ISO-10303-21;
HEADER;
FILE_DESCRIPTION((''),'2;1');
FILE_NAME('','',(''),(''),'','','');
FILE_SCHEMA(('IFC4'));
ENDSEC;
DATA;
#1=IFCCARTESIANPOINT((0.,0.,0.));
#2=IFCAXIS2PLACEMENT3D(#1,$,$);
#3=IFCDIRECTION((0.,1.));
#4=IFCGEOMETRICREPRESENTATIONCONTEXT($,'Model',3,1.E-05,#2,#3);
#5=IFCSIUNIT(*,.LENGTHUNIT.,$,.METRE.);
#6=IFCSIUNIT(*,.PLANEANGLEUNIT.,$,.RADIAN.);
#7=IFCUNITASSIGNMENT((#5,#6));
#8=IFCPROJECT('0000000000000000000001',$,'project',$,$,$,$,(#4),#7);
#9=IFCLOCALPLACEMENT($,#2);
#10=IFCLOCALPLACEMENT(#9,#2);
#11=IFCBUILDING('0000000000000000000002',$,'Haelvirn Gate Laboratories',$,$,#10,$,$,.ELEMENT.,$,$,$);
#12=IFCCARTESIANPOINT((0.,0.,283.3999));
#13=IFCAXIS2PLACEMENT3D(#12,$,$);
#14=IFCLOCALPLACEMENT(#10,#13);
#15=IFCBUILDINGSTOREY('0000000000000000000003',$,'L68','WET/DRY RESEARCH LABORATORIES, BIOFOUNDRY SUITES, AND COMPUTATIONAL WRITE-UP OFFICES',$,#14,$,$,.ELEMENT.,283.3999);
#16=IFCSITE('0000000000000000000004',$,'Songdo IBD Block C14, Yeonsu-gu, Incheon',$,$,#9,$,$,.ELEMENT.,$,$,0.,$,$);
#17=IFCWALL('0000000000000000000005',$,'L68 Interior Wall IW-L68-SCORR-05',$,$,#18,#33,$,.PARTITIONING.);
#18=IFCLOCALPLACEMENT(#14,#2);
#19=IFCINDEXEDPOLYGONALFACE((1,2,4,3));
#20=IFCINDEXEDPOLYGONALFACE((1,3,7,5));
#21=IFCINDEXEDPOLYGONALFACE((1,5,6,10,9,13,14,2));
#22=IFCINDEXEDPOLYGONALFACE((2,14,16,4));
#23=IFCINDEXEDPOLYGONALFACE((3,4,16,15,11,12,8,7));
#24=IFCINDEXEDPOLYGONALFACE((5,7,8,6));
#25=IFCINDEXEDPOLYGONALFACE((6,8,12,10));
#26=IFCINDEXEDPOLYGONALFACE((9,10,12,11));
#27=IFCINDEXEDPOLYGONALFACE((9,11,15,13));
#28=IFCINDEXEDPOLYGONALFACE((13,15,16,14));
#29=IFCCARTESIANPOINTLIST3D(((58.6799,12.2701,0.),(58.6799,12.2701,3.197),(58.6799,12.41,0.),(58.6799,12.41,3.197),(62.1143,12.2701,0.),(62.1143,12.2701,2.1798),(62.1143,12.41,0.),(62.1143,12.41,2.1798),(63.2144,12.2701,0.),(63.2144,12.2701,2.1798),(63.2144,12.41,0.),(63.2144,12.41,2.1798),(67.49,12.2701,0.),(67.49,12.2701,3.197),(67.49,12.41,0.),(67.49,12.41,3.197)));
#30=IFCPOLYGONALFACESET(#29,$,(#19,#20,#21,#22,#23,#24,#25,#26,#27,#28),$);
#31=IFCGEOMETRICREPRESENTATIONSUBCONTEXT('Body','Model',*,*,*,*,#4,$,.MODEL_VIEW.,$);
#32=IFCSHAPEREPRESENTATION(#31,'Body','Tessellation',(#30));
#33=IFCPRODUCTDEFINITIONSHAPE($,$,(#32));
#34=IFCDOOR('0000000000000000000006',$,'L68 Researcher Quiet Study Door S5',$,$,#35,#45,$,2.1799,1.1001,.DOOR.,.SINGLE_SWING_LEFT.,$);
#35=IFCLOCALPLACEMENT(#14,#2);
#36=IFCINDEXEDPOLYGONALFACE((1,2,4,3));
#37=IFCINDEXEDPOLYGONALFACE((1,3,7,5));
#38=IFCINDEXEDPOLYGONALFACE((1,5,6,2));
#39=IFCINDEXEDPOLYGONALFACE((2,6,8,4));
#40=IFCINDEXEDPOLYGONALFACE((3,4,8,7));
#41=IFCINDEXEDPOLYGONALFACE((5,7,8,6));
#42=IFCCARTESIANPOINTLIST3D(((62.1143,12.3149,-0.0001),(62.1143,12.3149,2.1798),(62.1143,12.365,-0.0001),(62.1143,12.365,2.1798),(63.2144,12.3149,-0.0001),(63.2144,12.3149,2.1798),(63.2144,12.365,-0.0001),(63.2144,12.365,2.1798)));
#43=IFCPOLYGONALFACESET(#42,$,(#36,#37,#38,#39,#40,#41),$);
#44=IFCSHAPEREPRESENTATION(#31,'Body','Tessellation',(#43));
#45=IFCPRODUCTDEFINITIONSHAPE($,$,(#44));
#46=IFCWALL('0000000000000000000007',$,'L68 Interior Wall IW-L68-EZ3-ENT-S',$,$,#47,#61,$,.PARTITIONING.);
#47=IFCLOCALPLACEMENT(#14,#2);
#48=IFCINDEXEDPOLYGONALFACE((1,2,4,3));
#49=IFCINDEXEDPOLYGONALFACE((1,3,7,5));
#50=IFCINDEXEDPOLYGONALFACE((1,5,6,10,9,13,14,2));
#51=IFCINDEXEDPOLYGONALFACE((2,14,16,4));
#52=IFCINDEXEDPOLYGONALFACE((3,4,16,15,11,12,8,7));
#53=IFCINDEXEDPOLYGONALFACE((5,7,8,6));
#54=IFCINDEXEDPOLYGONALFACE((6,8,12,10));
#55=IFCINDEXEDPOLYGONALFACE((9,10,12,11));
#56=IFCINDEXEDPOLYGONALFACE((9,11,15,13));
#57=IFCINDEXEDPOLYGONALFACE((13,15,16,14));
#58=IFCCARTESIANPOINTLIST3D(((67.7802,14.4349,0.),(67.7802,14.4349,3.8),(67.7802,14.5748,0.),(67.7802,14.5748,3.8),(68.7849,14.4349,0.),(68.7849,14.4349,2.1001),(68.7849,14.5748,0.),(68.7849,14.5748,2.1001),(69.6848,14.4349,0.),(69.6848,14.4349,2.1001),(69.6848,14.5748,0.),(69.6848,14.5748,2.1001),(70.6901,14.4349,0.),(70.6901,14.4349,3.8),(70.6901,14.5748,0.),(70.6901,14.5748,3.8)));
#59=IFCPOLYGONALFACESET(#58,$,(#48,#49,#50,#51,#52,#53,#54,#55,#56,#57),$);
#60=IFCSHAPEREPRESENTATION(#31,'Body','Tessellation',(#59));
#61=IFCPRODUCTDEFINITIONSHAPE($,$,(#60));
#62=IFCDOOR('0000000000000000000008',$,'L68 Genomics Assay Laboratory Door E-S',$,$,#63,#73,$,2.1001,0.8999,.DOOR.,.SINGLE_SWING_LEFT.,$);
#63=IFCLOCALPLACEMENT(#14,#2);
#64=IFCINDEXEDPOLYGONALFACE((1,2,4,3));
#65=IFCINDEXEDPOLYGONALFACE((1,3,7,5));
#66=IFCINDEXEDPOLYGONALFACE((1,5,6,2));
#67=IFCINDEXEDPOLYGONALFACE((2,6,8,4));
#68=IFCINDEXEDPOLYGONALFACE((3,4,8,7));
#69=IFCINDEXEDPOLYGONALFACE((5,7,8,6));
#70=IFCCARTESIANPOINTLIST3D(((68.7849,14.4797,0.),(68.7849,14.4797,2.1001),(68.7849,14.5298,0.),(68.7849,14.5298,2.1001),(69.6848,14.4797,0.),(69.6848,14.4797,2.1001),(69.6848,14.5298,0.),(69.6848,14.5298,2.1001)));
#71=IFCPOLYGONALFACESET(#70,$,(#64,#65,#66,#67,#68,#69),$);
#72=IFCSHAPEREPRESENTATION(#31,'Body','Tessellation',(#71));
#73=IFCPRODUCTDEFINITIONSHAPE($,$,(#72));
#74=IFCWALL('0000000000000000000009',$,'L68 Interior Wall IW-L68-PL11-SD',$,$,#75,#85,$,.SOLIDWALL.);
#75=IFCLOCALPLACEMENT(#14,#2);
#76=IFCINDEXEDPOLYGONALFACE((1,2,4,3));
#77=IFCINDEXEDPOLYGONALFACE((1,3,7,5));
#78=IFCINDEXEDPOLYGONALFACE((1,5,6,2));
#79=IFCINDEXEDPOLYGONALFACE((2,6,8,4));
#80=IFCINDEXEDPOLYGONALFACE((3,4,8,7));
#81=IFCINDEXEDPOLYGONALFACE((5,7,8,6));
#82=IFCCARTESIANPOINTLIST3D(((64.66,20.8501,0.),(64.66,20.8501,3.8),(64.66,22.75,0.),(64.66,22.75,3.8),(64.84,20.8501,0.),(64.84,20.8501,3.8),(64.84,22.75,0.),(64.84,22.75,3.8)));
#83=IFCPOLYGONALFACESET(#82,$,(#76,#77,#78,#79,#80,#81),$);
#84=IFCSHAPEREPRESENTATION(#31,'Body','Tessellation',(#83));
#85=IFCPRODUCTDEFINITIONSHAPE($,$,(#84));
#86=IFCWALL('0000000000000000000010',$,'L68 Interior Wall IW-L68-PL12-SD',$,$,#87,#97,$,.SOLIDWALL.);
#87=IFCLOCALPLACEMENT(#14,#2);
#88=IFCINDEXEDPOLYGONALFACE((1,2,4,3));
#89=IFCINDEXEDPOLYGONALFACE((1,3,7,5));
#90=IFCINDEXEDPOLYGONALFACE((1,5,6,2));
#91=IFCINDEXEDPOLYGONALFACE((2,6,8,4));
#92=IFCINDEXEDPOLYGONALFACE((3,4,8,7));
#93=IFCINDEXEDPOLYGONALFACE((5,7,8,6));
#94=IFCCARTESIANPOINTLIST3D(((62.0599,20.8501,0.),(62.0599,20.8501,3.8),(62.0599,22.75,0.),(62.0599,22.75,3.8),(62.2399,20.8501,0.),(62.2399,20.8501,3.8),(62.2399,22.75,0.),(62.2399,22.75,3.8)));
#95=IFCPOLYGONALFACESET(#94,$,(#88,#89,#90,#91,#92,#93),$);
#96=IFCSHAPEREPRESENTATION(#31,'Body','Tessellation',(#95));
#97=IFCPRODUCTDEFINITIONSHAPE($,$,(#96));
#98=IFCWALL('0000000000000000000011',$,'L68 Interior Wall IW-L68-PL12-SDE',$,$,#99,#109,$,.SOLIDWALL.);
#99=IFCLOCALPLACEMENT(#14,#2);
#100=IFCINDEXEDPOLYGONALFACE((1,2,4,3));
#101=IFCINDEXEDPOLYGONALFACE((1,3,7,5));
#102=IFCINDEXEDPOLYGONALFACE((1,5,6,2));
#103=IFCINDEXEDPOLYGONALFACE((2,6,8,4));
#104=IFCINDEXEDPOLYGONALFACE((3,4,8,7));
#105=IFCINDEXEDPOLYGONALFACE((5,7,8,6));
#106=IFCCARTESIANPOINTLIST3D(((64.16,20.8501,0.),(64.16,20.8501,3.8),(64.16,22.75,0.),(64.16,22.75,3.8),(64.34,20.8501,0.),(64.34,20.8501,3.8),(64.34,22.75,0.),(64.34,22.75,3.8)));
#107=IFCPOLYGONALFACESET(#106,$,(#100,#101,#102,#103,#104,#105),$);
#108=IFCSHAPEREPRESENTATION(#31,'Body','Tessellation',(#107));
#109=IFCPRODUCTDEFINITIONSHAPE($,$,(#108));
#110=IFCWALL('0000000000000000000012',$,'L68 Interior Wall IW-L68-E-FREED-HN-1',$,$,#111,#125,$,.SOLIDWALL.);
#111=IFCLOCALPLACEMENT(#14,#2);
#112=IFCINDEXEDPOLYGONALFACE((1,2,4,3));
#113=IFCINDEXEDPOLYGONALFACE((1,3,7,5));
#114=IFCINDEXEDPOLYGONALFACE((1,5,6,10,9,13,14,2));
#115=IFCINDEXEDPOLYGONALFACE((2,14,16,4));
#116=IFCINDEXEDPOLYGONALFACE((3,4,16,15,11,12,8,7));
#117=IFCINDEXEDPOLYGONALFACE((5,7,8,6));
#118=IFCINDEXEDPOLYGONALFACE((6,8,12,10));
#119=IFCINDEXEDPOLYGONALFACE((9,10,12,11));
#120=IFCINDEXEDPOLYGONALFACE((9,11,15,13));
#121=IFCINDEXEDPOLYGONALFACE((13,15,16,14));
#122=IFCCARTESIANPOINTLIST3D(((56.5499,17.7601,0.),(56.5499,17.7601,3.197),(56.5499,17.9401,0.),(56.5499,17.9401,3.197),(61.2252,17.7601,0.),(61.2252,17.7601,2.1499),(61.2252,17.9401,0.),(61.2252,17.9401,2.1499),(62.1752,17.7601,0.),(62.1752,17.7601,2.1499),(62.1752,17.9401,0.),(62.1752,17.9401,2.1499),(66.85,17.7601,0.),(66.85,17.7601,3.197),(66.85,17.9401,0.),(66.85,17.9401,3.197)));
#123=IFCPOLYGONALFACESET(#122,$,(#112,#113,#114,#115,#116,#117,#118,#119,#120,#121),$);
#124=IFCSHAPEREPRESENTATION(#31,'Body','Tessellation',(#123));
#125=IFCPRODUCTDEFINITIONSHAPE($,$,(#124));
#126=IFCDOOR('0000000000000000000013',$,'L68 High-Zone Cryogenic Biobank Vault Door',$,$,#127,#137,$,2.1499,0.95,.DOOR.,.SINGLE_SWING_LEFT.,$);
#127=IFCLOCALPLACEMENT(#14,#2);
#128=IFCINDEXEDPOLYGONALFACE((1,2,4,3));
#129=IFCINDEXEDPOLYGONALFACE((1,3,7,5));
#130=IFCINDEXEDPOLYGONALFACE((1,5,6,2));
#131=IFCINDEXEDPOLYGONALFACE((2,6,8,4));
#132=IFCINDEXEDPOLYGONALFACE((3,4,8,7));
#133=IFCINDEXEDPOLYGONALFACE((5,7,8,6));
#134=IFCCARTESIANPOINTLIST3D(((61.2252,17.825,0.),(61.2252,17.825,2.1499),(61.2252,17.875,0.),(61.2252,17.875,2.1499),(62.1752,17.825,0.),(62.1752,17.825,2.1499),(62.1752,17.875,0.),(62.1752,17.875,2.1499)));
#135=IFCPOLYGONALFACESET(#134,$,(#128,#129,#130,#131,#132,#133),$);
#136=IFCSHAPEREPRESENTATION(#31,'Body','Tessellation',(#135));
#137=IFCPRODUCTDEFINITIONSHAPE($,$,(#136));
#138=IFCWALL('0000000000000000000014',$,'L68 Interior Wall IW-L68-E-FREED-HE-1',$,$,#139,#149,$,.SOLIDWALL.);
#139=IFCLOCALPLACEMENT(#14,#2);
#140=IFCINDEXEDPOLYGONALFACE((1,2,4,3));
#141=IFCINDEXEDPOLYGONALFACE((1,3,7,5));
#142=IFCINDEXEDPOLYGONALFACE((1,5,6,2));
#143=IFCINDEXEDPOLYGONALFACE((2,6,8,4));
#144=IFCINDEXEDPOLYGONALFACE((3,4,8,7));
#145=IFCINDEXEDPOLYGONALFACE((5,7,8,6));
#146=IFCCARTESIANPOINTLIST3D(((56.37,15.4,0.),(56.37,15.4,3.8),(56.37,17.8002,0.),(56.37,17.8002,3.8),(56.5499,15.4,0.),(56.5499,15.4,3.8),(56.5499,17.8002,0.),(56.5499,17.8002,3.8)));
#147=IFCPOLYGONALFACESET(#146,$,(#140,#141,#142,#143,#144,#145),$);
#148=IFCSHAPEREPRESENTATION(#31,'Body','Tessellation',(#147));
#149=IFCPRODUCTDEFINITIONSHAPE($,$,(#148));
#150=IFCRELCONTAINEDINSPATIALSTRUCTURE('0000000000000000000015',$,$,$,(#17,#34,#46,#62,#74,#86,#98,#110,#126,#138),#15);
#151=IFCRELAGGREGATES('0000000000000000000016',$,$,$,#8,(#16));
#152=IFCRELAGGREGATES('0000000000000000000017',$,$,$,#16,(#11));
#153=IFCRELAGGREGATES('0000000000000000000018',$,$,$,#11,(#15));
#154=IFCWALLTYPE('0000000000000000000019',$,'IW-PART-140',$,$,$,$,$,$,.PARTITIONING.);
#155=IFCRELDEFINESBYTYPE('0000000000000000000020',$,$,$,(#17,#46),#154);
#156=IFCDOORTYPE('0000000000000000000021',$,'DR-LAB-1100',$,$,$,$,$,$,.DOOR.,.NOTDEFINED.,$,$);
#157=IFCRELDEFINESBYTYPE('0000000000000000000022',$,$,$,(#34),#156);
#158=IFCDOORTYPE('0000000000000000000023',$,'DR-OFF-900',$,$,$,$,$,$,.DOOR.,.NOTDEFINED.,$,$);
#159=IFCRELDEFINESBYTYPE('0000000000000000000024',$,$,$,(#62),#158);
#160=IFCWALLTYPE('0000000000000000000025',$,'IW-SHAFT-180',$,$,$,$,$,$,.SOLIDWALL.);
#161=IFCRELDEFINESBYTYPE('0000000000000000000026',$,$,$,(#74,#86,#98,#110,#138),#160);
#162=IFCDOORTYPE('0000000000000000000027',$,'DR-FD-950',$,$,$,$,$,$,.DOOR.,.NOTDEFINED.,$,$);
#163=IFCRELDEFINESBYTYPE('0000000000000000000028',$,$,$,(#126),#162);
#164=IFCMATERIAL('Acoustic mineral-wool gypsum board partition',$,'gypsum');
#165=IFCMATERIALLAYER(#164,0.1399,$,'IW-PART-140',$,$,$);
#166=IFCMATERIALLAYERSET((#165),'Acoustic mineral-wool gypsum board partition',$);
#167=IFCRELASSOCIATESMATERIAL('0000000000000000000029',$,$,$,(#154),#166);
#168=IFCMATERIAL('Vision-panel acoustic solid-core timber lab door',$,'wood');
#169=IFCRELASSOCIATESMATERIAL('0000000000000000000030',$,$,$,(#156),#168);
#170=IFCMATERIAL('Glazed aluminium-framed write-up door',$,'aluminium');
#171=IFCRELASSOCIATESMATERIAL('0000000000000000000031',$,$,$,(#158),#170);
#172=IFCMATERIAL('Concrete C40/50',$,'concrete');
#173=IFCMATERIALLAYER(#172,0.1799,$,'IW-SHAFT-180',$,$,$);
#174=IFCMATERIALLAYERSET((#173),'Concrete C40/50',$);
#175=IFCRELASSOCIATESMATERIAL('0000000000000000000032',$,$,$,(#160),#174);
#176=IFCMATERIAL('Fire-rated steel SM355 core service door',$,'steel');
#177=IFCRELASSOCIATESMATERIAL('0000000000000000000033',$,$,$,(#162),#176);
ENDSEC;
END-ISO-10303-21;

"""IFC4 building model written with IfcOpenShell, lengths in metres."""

from ifc_helpers import new_model, si_unit, direction, frame, frame_2d, origin, place, context, subcontext, project, spatial, rectangle, extrude, source, transform, mapped, material, layer, layer_set, type_object, type_shapes, element, fill, save


model = new_model("IFC4")

# Units and contexts
model_context = context("Model", 3, precision=1e-05, world=origin(), true_north=direction((0.0, 1.0)))
body_context = subcontext(model_context, "Body", "Model", "MODEL_VIEW")
ifc_project = project(units=[si_unit("LENGTHUNIT", "METRE"), si_unit("PLANEANGLEUNIT", "RADIAN")], contexts=[model_context])

# Site, building, storey
site_placement = place(None, origin())
site = spatial("IfcSite", under=ifc_project, at=site_placement, Name="Songdo IBD Block C14, Yeonsu-gu, Incheon", CompositionType="ELEMENT", RefElevation=0.0)
building_placement = place(site_placement, origin())
building = spatial("IfcBuilding", under=site, at=building_placement, Name="Haelvirn Gate Laboratories", CompositionType="ELEMENT")
storey_placement = place(building_placement, frame((0.0, 0.0, 283.3999)))
storey = spatial("IfcBuildingStorey", under=building, at=storey_placement, Name="L68", Description="WET/DRY RESEARCH LABORATORIES, BIOFOUNDRY SUITES, AND COMPUTATIONAL WRITE-UP OFFICES", CompositionType="ELEMENT", Elevation=283.3999)

# Walls, openings, doors
ifc_material_1 = material(Name="Acoustic mineral-wool gypsum board partition", Category="gypsum")
ifc_layer_1 = layer(ifc_material_1, 0.1399, Name="IW-PART-140")
ifc_layer_set_1 = layer_set([ifc_layer_1], Name="Acoustic mineral-wool gypsum board partition")
wall_type_1 = type_object("IfcWallType", Name="IW-PART-140", PredefinedType="PARTITIONING", material=ifc_layer_set_1)
wall_1_placement = place(storey_placement, frame((58.6799, 12.3401, 0.0), z_axis=(0.0, 0.0, 1.0), x_axis=(1.0, 0.0, 0.0)))
wall_1 = element("IfcWall", 1, at=wall_1_placement, inside=storey, type_object=wall_type_1, Name="L68 Interior Wall IW-L68-SCORR-05", PredefinedType="PARTITIONING", context=body_context, shape_type="SweptSolid", body=[
    extrude(rectangle(XDim=8.8101, YDim=0.1399, at=frame_2d((4.405, 0.0))), origin(), (0.0, 0.0, 1.0), 3.197),
])
opening_1_placement = place(wall_1_placement, frame((3.4343, 0.0, 0.0)))
opening_1 = element("IfcOpeningElement", 2, at=opening_1_placement, cuts=wall_1, PredefinedType="OPENING", context=body_context, shape_type="SweptSolid", body=[
    extrude(rectangle(XDim=1.1001, YDim=2.1799, at=frame_2d((0.55, 1.0898))), frame((0.0, 0.0801, 0.0), z_axis=(0.0, -1.0, 0.0), x_axis=(1.0, 0.0, 0.0)), (0.0, 0.0, 1.0), 0.1599),
])
ifc_material_2 = material(Name="Vision-panel acoustic solid-core timber lab door", Category="wood")
door_type_1 = type_object("IfcDoorType", Name="DR-LAB-1100", OperationType="NOTDEFINED", PredefinedType="DOOR", material=ifc_material_2)
shared_shape_1 = source(origin(), body_context, "Body", "SweptSolid", [
    extrude(rectangle(XDim=1.1001, YDim=2.1799, at=frame_2d((0.55, 1.0898))), frame((0.0, 0.0249, 0.0), z_axis=(0.0, -1.0, 0.0), x_axis=(1.0, 0.0, 0.0)), (0.0, 0.0, 1.0), 0.05),
])
type_shapes(door_type_1, [shared_shape_1])
door_1_placement = place(opening_1_placement, origin())
door_1 = element("IfcDoor", 3, at=door_1_placement, inside=storey, type_object=door_type_1, Name="L68 Researcher Quiet Study Door S5", OperationType="SINGLE_SWING_LEFT", OverallHeight=2.1799, OverallWidth=1.1001, PredefinedType="DOOR", context=body_context, shape_type="MappedRepresentation", body=[
    mapped(shared_shape_1, transform((0.0, 0.0, 0.0), scale=1.0)),
])
fill(opening_1, door_1)
wall_2_placement = place(storey_placement, frame((67.78, 14.5049, 0.0), z_axis=(0.0, 0.0, 1.0), x_axis=(1.0, 0.0, 0.0)))
wall_2 = element("IfcWall", 4, at=wall_2_placement, inside=storey, type_object=wall_type_1, Name="L68 Interior Wall IW-L68-EZ3-ENT-S", PredefinedType="PARTITIONING", context=body_context, shape_type="SweptSolid", body=[
    extrude(rectangle(XDim=2.9099, YDim=0.1399, at=frame_2d((1.4551, 0.0))), origin(), (0.0, 0.0, 1.0), 3.8),
])
opening_2_placement = place(wall_2_placement, frame((1.0049, 0.0, 0.0)))
opening_2 = element("IfcOpeningElement", 5, at=opening_2_placement, cuts=wall_2, PredefinedType="OPENING", context=body_context, shape_type="SweptSolid", body=[
    extrude(rectangle(XDim=0.8999, YDim=2.1001, at=frame_2d((0.45, 1.05))), frame((0.0, 0.0801, 0.0), z_axis=(0.0, -1.0, 0.0), x_axis=(1.0, 0.0, 0.0)), (0.0, 0.0, 1.0), 0.1599),
])
ifc_material_3 = material(Name="Glazed aluminium-framed write-up door", Category="aluminium")
door_type_2 = type_object("IfcDoorType", Name="DR-OFF-900", OperationType="NOTDEFINED", PredefinedType="DOOR", material=ifc_material_3)
shared_shape_2 = source(origin(), body_context, "Body", "SweptSolid", [
    extrude(rectangle(XDim=0.8999, YDim=2.1001, at=frame_2d((0.45, 1.05))), frame((0.0, 0.0249, 0.0), z_axis=(0.0, -1.0, 0.0), x_axis=(1.0, 0.0, 0.0)), (0.0, 0.0, 1.0), 0.05),
])
type_shapes(door_type_2, [shared_shape_2])
door_2_placement = place(opening_2_placement, origin())
door_2 = element("IfcDoor", 6, at=door_2_placement, inside=storey, type_object=door_type_2, Name="L68 Genomics Assay Laboratory Door E-S", OperationType="SINGLE_SWING_LEFT", OverallHeight=2.1001, OverallWidth=0.8999, PredefinedType="DOOR", context=body_context, shape_type="MappedRepresentation", body=[
    mapped(shared_shape_2, transform((0.0, 0.0, 0.0), scale=1.0)),
])
fill(opening_2, door_2)

# Walls
ifc_material_4 = material(Name="Concrete C40/50", Category="concrete")
ifc_layer_2 = layer(ifc_material_4, 0.1799, Name="IW-SHAFT-180")
ifc_layer_set_2 = layer_set([ifc_layer_2], Name="Concrete C40/50")
wall_type_2 = type_object("IfcWallType", Name="IW-SHAFT-180", PredefinedType="SOLIDWALL", material=ifc_layer_set_2)
for number, where, z_axis, x_axis, name in (
    (7, (64.75, 20.8501, 0.0), (0.0, 0.0, 1.0), (0.0, 1.0, 0.0), "L68 Interior Wall IW-L68-PL11-SD"),
    (8, (62.1499, 20.8501, 0.0), (0.0, 0.0, 1.0), (0.0, 1.0, 0.0), "L68 Interior Wall IW-L68-PL12-SD"),
    (9, (64.25, 20.8501, 0.0), (0.0, 0.0, 1.0), (0.0, 1.0, 0.0), "L68 Interior Wall IW-L68-PL12-SDE"),
):
    element("IfcWall", number, at=place(storey_placement, frame(where, z_axis=z_axis, x_axis=x_axis)), inside=storey, type_object=wall_type_2, Name=name, PredefinedType="SOLIDWALL", context=body_context, shape_type="SweptSolid", body=[
        extrude(rectangle(XDim=1.8999, YDim=0.1799, at=frame_2d((0.95, 0.0))), origin(), (0.0, 0.0, 1.0), 3.8),
    ])

# Wall, opening, door
wall_3_placement = place(storey_placement, frame((56.55, 17.8501, 0.0), z_axis=(0.0, 0.0, 1.0), x_axis=(1.0, 0.0, 0.0)))
wall_3 = element("IfcWall", 10, at=wall_3_placement, inside=storey, type_object=wall_type_2, Name="L68 Interior Wall IW-L68-E-FREED-HN-1", PredefinedType="SOLIDWALL", context=body_context, shape_type="SweptSolid", body=[
    extrude(rectangle(XDim=10.3, YDim=0.1799, at=frame_2d((5.1499, 0.0))), origin(), (0.0, 0.0, 1.0), 3.197),
])
opening_3_placement = place(wall_3_placement, frame((4.675, 0.0, 0.0)))
opening_3 = element("IfcOpeningElement", 11, at=opening_3_placement, cuts=wall_3, PredefinedType="OPENING", context=body_context, shape_type="SweptSolid", body=[
    extrude(rectangle(XDim=0.95, YDim=2.1499, at=frame_2d((0.4751, 1.075))), frame((0.0, 0.1001, 0.0), z_axis=(0.0, -1.0, 0.0), x_axis=(1.0, 0.0, 0.0)), (0.0, 0.0, 1.0), 0.2),
])
ifc_material_5 = material(Name="Fire-rated steel SM355 core service door", Category="steel")
door_type_3 = type_object("IfcDoorType", Name="DR-FD-950", OperationType="NOTDEFINED", PredefinedType="DOOR", material=ifc_material_5)
shared_shape_3 = source(origin(), body_context, "Body", "SweptSolid", [
    extrude(rectangle(XDim=0.95, YDim=2.1499, at=frame_2d((0.4751, 1.075))), frame((0.0, 0.0249, 0.0), z_axis=(0.0, -1.0, 0.0), x_axis=(1.0, 0.0, 0.0)), (0.0, 0.0, 1.0), 0.05),
])
type_shapes(door_type_3, [shared_shape_3])
door_3_placement = place(opening_3_placement, origin())
door_3 = element("IfcDoor", 12, at=door_3_placement, inside=storey, type_object=door_type_3, Name="L68 High-Zone Cryogenic Biobank Vault Door", OperationType="SINGLE_SWING_LEFT", OverallHeight=2.1499, OverallWidth=0.95, PredefinedType="DOOR", context=body_context, shape_type="MappedRepresentation", body=[
    mapped(shared_shape_3, transform((0.0, 0.0, 0.0), scale=1.0)),
])
fill(opening_3, door_3)

# Wall
wall_4_placement = place(storey_placement, frame((56.46, 15.3999, 0.0), z_axis=(0.0, 0.0, 1.0), x_axis=(0.0, 1.0, 0.0)))
element("IfcWall", 13, at=wall_4_placement, inside=storey, type_object=wall_type_2, Name="L68 Interior Wall IW-L68-E-FREED-HE-1", PredefinedType="SOLIDWALL", context=body_context, shape_type="SweptSolid", body=[
    extrude(rectangle(XDim=2.4001, YDim=0.1799, at=frame_2d((1.2002, 0.0))), origin(), (0.0, 0.0, 1.0), 3.8),
])

save(model, "model.ifc")
